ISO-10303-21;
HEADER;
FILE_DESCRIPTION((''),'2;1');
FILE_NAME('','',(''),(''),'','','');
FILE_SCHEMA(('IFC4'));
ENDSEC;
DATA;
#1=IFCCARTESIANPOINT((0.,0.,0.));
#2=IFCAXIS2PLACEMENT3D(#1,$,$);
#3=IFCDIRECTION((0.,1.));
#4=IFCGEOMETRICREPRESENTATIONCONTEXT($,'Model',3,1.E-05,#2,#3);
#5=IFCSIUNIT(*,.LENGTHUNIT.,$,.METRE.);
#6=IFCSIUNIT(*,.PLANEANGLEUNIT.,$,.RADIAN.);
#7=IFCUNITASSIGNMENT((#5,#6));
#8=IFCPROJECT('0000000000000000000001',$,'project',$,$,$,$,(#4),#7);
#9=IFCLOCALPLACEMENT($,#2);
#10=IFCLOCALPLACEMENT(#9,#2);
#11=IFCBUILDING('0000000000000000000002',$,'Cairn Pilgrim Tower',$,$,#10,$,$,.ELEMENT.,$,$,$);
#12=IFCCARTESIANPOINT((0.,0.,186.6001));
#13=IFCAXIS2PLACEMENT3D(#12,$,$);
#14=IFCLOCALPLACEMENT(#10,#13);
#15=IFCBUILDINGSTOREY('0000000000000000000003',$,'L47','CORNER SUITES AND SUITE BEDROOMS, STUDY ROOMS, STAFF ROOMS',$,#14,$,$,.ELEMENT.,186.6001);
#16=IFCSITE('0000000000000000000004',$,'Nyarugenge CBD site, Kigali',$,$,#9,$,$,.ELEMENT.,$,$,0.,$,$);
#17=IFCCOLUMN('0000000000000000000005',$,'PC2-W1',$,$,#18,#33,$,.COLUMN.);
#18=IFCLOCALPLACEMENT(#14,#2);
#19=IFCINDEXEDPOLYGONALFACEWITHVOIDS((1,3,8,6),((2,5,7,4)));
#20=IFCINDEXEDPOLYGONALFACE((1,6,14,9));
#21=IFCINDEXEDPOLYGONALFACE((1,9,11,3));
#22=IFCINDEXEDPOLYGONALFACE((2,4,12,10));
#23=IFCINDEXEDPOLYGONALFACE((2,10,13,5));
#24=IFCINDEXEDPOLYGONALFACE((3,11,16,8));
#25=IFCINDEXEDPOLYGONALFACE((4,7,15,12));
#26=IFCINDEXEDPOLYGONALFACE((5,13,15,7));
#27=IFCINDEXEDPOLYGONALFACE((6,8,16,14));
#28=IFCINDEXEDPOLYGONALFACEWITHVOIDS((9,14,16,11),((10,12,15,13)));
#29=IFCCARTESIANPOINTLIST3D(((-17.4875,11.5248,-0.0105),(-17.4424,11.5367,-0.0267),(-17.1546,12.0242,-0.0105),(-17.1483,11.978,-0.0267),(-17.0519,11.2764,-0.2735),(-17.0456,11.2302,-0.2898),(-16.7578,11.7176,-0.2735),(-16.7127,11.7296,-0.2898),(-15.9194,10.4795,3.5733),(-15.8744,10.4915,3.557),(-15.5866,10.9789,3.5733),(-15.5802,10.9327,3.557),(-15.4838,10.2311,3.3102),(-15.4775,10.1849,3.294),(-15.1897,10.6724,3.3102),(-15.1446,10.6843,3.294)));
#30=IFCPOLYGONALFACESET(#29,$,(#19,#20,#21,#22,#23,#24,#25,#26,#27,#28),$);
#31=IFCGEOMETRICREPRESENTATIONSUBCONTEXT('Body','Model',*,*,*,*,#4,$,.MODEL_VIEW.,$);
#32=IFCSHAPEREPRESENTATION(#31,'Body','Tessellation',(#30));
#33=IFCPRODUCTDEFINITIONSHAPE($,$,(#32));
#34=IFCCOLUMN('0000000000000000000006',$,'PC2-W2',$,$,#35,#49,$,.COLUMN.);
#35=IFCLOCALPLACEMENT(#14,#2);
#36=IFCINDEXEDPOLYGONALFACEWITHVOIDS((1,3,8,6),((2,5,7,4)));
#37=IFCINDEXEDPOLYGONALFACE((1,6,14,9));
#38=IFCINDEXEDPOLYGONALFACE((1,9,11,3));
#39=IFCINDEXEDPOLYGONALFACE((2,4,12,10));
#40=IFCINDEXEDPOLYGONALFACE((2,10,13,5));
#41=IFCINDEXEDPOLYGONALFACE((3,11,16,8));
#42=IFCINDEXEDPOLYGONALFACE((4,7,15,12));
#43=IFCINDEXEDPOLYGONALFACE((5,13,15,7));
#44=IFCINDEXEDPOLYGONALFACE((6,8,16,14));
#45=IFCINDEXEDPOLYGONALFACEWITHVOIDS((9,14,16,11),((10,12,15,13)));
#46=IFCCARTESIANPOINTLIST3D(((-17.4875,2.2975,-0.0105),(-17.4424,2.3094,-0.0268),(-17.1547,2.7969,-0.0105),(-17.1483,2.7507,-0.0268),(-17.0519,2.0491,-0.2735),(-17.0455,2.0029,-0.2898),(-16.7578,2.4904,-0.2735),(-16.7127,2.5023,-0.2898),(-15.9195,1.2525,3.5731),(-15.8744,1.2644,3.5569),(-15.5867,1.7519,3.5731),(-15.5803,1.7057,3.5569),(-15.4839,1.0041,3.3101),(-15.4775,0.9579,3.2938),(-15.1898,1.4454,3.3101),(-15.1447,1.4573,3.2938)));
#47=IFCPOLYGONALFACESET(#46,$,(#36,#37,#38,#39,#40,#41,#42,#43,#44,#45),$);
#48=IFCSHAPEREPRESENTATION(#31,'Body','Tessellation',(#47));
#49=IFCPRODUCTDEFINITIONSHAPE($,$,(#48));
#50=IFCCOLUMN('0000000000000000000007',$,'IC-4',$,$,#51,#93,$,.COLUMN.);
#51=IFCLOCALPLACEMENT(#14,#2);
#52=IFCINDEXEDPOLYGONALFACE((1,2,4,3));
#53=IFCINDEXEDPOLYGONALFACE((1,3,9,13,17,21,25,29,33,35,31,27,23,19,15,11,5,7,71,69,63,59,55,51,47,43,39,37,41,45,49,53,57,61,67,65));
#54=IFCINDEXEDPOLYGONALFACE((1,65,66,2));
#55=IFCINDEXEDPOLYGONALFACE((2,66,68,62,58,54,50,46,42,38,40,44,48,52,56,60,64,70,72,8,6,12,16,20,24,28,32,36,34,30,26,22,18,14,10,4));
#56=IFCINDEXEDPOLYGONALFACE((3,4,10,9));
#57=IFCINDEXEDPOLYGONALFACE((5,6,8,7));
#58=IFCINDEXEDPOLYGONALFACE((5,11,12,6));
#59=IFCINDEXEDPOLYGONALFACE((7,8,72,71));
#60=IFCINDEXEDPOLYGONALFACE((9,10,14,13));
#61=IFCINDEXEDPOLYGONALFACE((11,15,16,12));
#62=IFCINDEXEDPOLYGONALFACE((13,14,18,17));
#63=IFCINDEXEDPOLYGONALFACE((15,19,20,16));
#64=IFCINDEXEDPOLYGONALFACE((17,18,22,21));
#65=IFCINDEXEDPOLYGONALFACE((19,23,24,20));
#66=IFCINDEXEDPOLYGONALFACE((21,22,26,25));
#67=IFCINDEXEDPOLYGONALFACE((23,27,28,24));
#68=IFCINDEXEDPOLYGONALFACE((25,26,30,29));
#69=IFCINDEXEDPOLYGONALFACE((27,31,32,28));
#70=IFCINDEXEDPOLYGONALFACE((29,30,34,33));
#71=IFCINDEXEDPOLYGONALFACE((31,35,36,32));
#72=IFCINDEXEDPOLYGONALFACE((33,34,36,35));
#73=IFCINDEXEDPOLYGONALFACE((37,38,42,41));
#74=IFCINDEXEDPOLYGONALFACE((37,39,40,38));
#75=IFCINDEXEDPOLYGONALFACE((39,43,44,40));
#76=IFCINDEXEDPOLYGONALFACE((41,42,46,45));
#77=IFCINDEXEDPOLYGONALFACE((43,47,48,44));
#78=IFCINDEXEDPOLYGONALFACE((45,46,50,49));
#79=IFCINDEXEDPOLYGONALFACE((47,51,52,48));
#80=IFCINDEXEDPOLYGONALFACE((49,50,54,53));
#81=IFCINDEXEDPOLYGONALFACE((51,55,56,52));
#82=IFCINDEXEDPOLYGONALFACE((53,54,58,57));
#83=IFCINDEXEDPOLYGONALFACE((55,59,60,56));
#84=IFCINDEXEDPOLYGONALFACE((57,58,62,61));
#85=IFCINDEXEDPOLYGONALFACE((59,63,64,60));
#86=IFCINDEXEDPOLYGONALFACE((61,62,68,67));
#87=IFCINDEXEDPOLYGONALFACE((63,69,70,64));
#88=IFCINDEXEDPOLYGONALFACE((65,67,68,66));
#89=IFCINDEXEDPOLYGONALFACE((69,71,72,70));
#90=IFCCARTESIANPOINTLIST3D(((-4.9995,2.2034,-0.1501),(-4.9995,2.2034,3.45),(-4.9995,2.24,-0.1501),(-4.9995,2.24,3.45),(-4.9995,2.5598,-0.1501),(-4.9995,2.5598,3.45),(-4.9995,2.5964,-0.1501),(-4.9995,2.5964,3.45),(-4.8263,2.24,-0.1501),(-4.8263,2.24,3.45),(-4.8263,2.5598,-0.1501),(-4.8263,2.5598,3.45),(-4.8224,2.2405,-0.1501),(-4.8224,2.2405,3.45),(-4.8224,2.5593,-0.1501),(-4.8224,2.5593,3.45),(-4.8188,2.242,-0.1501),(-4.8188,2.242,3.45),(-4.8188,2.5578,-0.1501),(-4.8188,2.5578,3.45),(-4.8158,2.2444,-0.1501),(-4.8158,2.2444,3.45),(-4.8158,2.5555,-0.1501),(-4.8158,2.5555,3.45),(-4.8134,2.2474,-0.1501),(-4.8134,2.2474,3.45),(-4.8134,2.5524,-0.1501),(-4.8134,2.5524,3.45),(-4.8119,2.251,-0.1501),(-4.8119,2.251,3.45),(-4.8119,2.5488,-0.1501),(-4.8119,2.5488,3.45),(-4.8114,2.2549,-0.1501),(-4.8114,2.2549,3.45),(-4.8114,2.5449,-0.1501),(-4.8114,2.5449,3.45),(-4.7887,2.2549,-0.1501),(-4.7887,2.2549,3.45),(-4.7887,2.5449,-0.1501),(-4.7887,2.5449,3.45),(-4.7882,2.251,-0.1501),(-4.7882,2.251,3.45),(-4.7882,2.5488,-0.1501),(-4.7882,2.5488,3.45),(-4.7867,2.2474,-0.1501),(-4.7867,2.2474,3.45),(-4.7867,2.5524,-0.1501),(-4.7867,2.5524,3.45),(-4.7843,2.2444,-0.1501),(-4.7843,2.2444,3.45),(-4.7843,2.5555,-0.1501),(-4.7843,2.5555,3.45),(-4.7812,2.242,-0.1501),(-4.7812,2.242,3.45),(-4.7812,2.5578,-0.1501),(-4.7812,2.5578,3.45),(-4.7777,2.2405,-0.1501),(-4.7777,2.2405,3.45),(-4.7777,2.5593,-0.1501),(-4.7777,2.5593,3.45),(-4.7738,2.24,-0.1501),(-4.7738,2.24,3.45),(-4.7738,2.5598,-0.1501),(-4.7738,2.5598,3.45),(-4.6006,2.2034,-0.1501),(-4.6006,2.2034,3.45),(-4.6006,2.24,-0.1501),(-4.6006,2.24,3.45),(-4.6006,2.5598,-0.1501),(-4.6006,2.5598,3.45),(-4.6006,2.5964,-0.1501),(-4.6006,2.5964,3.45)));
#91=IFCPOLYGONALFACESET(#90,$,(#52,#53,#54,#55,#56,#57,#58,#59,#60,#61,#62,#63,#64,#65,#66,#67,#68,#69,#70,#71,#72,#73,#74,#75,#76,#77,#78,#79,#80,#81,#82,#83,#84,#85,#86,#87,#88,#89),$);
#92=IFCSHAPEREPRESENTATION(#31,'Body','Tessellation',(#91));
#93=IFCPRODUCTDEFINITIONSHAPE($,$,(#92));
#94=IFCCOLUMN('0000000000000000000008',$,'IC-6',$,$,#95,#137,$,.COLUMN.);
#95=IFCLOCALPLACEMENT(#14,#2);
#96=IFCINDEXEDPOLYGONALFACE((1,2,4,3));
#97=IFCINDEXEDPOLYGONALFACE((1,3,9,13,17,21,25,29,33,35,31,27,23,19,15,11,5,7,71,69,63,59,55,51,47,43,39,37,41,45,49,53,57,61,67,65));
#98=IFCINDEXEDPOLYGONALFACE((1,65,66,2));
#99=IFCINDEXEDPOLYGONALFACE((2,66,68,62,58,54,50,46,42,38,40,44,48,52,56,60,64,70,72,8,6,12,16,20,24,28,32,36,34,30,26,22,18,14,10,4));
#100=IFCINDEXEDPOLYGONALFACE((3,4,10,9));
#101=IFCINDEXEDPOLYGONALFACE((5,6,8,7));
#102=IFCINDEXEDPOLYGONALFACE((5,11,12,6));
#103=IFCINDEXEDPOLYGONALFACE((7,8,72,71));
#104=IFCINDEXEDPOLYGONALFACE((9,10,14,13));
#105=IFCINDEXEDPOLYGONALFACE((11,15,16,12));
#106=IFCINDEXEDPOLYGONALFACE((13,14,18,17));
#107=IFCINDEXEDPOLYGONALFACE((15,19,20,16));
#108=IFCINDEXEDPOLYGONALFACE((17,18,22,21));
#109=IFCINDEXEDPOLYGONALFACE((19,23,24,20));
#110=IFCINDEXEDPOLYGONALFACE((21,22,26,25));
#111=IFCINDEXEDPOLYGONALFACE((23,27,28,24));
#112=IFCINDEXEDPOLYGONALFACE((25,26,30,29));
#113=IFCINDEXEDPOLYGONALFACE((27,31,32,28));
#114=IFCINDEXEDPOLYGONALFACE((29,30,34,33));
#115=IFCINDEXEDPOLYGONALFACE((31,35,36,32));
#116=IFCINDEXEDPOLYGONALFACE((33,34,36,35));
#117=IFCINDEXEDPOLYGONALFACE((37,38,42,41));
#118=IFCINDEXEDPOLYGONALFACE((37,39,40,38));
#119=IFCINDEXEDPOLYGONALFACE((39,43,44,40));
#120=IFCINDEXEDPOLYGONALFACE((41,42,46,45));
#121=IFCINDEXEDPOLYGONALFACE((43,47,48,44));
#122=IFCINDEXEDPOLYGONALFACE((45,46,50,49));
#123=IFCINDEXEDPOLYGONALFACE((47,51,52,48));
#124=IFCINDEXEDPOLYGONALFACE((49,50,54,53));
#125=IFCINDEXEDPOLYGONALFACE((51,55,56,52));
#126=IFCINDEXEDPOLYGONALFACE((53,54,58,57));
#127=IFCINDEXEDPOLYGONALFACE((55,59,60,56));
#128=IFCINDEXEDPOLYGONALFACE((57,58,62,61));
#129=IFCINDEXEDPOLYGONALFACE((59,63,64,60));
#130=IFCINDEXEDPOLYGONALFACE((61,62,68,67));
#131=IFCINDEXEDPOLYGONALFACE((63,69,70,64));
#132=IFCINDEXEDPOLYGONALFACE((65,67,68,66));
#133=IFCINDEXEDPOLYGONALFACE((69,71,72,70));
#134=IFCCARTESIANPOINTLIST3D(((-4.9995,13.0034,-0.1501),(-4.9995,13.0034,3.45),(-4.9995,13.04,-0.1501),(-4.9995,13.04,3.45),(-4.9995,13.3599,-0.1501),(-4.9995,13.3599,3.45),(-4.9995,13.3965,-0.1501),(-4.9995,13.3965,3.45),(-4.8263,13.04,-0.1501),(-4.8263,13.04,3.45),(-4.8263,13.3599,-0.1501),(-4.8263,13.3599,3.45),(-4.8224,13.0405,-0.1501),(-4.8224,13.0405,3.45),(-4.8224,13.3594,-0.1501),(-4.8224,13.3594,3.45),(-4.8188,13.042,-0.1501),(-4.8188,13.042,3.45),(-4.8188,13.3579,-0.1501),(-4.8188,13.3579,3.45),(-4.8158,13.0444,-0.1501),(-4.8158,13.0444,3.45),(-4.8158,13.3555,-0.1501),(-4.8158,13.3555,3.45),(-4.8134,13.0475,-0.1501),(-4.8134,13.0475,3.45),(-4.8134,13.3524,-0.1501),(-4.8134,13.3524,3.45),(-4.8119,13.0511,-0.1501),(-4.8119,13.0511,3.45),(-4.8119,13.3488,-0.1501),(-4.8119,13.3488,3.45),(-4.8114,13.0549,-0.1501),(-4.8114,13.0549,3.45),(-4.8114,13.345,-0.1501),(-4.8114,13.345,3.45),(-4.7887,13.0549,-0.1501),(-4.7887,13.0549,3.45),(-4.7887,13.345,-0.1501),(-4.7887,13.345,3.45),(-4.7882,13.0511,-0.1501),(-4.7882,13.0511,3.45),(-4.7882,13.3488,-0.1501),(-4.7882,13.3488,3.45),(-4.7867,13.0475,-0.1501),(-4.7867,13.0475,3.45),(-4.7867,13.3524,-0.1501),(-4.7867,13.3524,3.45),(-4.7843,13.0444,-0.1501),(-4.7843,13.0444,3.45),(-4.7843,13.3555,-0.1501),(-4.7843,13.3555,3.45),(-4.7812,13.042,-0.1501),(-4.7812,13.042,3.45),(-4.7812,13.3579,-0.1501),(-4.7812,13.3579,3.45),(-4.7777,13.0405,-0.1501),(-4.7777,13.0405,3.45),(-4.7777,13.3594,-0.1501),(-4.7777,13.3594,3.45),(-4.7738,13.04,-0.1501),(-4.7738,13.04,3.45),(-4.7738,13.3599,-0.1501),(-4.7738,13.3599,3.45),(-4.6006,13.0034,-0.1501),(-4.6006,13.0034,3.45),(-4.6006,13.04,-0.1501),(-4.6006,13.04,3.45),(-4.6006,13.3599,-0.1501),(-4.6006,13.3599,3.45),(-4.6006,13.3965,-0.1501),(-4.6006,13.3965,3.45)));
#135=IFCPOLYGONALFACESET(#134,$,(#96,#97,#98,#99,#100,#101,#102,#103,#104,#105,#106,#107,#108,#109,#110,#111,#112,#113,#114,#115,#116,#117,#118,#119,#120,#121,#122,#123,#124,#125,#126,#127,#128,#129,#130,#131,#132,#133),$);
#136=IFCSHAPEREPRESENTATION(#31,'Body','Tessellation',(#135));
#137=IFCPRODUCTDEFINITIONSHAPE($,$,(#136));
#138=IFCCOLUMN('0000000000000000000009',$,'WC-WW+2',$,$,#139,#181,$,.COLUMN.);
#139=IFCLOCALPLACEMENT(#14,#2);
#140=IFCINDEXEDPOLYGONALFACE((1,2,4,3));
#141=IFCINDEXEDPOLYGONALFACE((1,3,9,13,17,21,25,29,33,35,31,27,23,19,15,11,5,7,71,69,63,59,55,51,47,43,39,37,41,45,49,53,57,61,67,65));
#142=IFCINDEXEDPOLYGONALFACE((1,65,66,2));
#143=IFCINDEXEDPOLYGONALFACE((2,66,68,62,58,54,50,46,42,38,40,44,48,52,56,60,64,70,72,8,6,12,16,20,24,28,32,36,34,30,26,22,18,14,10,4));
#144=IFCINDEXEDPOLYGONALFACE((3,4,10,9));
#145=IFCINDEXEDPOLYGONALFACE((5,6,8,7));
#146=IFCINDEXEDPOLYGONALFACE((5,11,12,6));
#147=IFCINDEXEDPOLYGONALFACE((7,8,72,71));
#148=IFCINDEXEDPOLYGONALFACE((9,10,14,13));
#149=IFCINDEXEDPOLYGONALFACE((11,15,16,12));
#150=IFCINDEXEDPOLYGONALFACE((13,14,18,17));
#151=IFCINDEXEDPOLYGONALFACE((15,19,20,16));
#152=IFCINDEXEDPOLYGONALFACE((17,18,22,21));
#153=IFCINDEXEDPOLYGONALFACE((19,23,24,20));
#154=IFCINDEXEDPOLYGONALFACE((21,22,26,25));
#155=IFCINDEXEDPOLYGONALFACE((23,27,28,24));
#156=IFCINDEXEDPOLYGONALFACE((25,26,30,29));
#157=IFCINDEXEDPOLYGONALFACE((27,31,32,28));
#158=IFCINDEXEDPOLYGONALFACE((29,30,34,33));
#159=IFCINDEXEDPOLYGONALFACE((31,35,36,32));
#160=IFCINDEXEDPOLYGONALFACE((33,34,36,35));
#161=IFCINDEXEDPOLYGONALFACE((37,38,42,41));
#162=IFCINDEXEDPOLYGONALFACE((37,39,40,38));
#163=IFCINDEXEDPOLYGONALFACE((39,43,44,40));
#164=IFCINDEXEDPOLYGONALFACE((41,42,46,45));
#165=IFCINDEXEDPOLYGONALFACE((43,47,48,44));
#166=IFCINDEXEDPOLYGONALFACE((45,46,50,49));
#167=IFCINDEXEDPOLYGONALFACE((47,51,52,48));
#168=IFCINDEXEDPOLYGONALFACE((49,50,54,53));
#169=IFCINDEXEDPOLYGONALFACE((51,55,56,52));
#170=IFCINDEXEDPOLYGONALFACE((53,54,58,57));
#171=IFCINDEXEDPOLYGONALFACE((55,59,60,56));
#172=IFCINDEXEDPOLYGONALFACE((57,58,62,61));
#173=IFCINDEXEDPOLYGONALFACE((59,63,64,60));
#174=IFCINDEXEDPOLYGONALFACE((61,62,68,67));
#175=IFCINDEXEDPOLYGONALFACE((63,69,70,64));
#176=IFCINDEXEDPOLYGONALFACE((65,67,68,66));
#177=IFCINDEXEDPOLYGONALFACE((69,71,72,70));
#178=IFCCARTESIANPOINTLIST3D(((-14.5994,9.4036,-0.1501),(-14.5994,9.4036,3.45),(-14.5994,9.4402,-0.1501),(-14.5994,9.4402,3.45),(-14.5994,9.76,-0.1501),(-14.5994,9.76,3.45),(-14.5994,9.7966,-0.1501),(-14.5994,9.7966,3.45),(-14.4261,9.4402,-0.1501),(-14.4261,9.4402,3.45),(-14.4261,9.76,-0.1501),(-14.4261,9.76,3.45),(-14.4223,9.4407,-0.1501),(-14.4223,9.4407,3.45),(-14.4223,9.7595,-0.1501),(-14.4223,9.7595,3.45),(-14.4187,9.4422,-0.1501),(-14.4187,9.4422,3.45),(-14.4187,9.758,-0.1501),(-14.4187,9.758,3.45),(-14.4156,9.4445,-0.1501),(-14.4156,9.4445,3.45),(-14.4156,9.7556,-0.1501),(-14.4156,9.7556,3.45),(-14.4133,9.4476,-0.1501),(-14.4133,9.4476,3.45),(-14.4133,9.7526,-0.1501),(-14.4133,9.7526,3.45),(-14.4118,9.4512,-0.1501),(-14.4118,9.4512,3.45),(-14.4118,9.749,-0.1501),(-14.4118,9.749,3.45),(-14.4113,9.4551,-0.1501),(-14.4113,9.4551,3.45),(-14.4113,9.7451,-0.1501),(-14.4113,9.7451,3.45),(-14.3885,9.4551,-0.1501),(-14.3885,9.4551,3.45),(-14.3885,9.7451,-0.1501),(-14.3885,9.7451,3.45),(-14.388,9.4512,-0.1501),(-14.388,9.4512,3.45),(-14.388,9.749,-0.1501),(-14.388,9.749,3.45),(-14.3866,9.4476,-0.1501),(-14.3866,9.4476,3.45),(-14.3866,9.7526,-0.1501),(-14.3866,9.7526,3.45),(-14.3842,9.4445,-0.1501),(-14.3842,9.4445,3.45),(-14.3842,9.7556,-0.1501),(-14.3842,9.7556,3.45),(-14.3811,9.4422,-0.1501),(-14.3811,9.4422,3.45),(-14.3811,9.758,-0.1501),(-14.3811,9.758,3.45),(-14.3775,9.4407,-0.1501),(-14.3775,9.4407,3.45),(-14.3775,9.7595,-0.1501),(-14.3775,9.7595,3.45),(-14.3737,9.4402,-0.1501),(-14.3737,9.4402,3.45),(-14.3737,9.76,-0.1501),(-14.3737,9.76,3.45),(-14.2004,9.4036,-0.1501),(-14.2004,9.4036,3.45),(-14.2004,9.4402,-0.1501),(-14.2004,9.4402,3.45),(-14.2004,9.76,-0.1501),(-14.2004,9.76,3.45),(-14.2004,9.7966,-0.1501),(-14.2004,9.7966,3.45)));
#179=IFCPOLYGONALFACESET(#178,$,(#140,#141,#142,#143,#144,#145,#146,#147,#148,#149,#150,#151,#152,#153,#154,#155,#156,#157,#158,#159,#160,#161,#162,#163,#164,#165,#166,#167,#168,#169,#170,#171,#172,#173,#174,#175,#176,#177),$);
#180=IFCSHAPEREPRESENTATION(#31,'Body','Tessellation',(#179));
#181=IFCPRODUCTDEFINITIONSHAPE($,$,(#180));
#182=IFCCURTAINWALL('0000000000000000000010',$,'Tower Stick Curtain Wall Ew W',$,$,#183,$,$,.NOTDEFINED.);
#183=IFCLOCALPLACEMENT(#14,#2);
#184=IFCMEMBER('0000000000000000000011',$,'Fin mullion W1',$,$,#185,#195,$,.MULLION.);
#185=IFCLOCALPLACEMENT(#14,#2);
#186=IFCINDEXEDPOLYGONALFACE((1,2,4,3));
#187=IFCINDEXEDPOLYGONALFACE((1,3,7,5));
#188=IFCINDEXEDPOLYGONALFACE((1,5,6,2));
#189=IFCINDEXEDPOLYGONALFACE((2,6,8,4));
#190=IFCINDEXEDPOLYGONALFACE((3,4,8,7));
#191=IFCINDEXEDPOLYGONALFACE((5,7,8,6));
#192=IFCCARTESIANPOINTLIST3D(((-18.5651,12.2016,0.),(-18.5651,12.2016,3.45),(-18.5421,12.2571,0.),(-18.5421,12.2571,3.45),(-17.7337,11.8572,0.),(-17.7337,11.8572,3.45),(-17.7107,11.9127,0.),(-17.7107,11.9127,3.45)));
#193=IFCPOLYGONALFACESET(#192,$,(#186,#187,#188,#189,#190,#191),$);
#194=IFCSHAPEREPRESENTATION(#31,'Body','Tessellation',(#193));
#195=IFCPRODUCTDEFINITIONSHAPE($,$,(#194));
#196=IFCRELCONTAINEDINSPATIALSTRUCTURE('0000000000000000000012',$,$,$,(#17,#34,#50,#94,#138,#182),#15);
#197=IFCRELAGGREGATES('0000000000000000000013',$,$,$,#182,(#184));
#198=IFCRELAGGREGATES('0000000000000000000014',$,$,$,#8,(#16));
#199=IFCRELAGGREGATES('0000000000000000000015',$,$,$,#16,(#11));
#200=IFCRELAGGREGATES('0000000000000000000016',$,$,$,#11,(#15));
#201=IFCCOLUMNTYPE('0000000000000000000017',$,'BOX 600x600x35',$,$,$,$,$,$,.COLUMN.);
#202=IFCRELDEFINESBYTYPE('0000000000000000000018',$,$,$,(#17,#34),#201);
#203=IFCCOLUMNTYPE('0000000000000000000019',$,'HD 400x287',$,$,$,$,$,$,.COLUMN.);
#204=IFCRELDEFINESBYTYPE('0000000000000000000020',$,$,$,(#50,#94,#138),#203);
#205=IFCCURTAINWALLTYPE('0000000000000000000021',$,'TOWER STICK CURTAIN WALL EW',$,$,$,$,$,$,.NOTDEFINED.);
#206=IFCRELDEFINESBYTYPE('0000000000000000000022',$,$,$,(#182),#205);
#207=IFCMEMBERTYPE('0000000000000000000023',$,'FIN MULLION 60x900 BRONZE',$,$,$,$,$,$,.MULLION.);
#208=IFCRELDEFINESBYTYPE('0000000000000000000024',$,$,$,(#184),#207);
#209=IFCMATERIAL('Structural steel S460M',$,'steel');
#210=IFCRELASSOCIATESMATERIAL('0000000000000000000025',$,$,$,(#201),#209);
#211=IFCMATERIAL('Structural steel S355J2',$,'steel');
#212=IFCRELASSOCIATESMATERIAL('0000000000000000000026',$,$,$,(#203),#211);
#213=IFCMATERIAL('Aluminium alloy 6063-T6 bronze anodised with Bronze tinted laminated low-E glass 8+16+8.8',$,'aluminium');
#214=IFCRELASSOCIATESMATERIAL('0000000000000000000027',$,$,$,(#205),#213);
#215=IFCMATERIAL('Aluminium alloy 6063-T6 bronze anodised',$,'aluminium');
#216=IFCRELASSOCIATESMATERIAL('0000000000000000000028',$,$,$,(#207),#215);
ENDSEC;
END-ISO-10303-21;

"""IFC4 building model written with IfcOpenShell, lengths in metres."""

from ifc_helpers import new_model, si_unit, direction, frame, origin, origin_2d, place, context, subcontext, project, spatial, rectangle, hollow_rectangle, i_section, extrude, clip, halfspace, material, material_profile, profile_set, type_object, element, aggregate, save


model = new_model("IFC4")

# Units and contexts
model_context = context("Model", 3, precision=1e-05, world=origin(), true_north=direction((0.0, 1.0)))
body_context = subcontext(model_context, "Body", "Model", "MODEL_VIEW")
ifc_project = project(units=[si_unit("LENGTHUNIT", "METRE"), si_unit("PLANEANGLEUNIT", "RADIAN")], contexts=[model_context])

# Site, building, storey
site_placement = place(None, origin())
site = spatial("IfcSite", under=ifc_project, at=site_placement, Name="Nyarugenge CBD site, Kigali", CompositionType="ELEMENT", RefElevation=0.0)
building_placement = place(site_placement, origin())
building = spatial("IfcBuilding", under=site, at=building_placement, Name="Cairn Pilgrim Tower", CompositionType="ELEMENT")
storey_placement = place(building_placement, frame((0.0, 0.0, 186.6001)))
storey = spatial("IfcBuildingStorey", under=building, at=storey_placement, Name="L47", Description="CORNER SUITES AND SUITE BEDROOMS, STUDY ROOMS, STAFF ROOMS", CompositionType="ELEMENT", Elevation=186.6001)

# Columns
ifc_material_1 = material(Name="Structural steel S460M", Category="steel")
ifc_material_profile_1 = material_profile(ifc_material_1, hollow_rectangle(XDim=0.6001, YDim=0.6001, WallThickness=0.0349, at=origin_2d()), Name="BOX 600x600x35")
ifc_profile_set_1 = profile_set([ifc_material_profile_1], Name="Structural steel S460M")
column_type_1 = type_object("IfcColumnType", Name="BOX 600x600x35", PredefinedType="COLUMN", material=ifc_profile_set_1)
column_1_placement = place(storey_placement, frame((-17.1001, 11.6272, -0.1501), z_axis=(0.387264, -0.258156, 0.885089), x_axis=(0.55467, 0.83207, 0.0)))
element("IfcColumn", 1, at=column_1_placement, inside=storey, type_object=column_type_1, Name="PC2-W1", PredefinedType="COLUMN", context=body_context, shape_type="Clipping", body=[
    clip(extrude(hollow_rectangle(XDim=0.6001, YDim=0.6001, WallThickness=0.0349, at=origin_2d()), origin(), (0.0, 0.0, 1.0), 4.0674), halfspace(frame((0.0, 0.0, 4.0491), z_axis=(0.0, 0.0, 1.0), x_axis=(1.0, 0.0, 0.0)), False)),
])
column_2_placement = place(storey_placement, frame((-17.1001, 2.3999, -0.1501), z_axis=(0.38727, -0.2581, 0.885103), x_axis=(0.554581, 0.83213, 0.0)))
element("IfcColumn", 2, at=column_2_placement, inside=storey, type_object=column_type_1, Name="PC2-W2", PredefinedType="COLUMN", context=body_context, shape_type="Clipping", body=[
    clip(extrude(hollow_rectangle(XDim=0.6001, YDim=0.6001, WallThickness=0.0349, at=origin_2d()), origin(), (0.0, 0.0, 1.0), 4.0674), halfspace(frame((0.0, 0.0, 4.0488), z_axis=(0.0, 0.0, 1.0), x_axis=(1.0, 0.0, 0.0)), False)),
])
ifc_material_2 = material(Name="Structural steel S355J2", Category="steel")
ifc_material_profile_2 = material_profile(ifc_material_2, i_section(OverallWidth=0.3989, OverallDepth=0.3931, WebThickness=0.0227, FlangeThickness=0.0366, FilletRadius=0.0149, at=origin_2d()), Name="HD 400x287")
ifc_profile_set_2 = profile_set([ifc_material_profile_2], Name="Structural steel S355J2")
column_type_2 = type_object("IfcColumnType", Name="HD 400x287", PredefinedType="COLUMN", material=ifc_profile_set_2)
for number, where, z_axis, x_axis, name in (
    (3, (-4.8, 2.3999, -0.1501), (0.0, 0.0, 1.0), (1.0, 0.0, 0.0), "IC-4"),
    (4, (-4.8, 13.2, -0.1501), (0.0, 0.0, 1.0), (1.0, 0.0, 0.0), "IC-6"),
    (5, (-14.3999, 9.6001, -0.1501), (0.0, 0.0, 1.0), (1.0, 0.0, 0.0), "WC-WW+2"),
):
    element("IfcColumn", number, at=place(storey_placement, frame(where, z_axis=z_axis, x_axis=x_axis)), inside=storey, type_object=column_type_2, Name=name, PredefinedType="COLUMN", context=body_context, shape_type="SweptSolid", body=[
        extrude(i_section(OverallWidth=0.3989, OverallDepth=0.3931, WebThickness=0.0227, FlangeThickness=0.0366, FilletRadius=0.0149, at=origin_2d()), origin(), (0.0, 0.0, 1.0), 3.6001),
    ])

# Curtain wall, member
ifc_material_3 = material(Name="Aluminium alloy 6063-T6 bronze anodised with Bronze tinted laminated low-E glass 8+16+8.8", Category="aluminium")
curtain_wall_type = type_object("IfcCurtainWallType", Name="TOWER STICK CURTAIN WALL EW", PredefinedType="NOTDEFINED", material=ifc_material_3)
curtain_wall_placement = place(storey_placement, origin())
curtain_wall = element("IfcCurtainWall", 6, at=curtain_wall_placement, inside=storey, type_object=curtain_wall_type, Name="Tower Stick Curtain Wall Ew W", PredefinedType="NOTDEFINED")
ifc_material_4 = material(Name="Aluminium alloy 6063-T6 bronze anodised", Category="aluminium")
ifc_material_profile_3 = material_profile(ifc_material_4, rectangle(XDim=0.8999, YDim=0.0601, at=origin_2d()), Name="FIN MULLION 60x900 BRONZE")
ifc_profile_set_3 = profile_set([ifc_material_profile_3], Name="Aluminium alloy 6063-T6 bronze anodised")
member_type_1 = type_object("IfcMemberType", Name="FIN MULLION 60x900 BRONZE", PredefinedType="MULLION", material=ifc_profile_set_3)
member_1_placement = place(storey_placement, frame((-18.1379, 12.0571, 0.0), z_axis=(0.0, 0.0, 1.0), x_axis=(-0.92388, 0.382683, 0.0)))
member_1 = element("IfcMember", 7, at=member_1_placement, type_object=member_type_1, Name="Fin mullion W1", PredefinedType="MULLION", context=body_context, shape_type="SweptSolid", body=[
    extrude(rectangle(XDim=0.8999, YDim=0.0601, at=origin_2d()), origin(), (0.0, 0.0, 1.0), 3.45),
])

aggregate(curtain_wall, [member_1])

save(model, "model.ifc")
